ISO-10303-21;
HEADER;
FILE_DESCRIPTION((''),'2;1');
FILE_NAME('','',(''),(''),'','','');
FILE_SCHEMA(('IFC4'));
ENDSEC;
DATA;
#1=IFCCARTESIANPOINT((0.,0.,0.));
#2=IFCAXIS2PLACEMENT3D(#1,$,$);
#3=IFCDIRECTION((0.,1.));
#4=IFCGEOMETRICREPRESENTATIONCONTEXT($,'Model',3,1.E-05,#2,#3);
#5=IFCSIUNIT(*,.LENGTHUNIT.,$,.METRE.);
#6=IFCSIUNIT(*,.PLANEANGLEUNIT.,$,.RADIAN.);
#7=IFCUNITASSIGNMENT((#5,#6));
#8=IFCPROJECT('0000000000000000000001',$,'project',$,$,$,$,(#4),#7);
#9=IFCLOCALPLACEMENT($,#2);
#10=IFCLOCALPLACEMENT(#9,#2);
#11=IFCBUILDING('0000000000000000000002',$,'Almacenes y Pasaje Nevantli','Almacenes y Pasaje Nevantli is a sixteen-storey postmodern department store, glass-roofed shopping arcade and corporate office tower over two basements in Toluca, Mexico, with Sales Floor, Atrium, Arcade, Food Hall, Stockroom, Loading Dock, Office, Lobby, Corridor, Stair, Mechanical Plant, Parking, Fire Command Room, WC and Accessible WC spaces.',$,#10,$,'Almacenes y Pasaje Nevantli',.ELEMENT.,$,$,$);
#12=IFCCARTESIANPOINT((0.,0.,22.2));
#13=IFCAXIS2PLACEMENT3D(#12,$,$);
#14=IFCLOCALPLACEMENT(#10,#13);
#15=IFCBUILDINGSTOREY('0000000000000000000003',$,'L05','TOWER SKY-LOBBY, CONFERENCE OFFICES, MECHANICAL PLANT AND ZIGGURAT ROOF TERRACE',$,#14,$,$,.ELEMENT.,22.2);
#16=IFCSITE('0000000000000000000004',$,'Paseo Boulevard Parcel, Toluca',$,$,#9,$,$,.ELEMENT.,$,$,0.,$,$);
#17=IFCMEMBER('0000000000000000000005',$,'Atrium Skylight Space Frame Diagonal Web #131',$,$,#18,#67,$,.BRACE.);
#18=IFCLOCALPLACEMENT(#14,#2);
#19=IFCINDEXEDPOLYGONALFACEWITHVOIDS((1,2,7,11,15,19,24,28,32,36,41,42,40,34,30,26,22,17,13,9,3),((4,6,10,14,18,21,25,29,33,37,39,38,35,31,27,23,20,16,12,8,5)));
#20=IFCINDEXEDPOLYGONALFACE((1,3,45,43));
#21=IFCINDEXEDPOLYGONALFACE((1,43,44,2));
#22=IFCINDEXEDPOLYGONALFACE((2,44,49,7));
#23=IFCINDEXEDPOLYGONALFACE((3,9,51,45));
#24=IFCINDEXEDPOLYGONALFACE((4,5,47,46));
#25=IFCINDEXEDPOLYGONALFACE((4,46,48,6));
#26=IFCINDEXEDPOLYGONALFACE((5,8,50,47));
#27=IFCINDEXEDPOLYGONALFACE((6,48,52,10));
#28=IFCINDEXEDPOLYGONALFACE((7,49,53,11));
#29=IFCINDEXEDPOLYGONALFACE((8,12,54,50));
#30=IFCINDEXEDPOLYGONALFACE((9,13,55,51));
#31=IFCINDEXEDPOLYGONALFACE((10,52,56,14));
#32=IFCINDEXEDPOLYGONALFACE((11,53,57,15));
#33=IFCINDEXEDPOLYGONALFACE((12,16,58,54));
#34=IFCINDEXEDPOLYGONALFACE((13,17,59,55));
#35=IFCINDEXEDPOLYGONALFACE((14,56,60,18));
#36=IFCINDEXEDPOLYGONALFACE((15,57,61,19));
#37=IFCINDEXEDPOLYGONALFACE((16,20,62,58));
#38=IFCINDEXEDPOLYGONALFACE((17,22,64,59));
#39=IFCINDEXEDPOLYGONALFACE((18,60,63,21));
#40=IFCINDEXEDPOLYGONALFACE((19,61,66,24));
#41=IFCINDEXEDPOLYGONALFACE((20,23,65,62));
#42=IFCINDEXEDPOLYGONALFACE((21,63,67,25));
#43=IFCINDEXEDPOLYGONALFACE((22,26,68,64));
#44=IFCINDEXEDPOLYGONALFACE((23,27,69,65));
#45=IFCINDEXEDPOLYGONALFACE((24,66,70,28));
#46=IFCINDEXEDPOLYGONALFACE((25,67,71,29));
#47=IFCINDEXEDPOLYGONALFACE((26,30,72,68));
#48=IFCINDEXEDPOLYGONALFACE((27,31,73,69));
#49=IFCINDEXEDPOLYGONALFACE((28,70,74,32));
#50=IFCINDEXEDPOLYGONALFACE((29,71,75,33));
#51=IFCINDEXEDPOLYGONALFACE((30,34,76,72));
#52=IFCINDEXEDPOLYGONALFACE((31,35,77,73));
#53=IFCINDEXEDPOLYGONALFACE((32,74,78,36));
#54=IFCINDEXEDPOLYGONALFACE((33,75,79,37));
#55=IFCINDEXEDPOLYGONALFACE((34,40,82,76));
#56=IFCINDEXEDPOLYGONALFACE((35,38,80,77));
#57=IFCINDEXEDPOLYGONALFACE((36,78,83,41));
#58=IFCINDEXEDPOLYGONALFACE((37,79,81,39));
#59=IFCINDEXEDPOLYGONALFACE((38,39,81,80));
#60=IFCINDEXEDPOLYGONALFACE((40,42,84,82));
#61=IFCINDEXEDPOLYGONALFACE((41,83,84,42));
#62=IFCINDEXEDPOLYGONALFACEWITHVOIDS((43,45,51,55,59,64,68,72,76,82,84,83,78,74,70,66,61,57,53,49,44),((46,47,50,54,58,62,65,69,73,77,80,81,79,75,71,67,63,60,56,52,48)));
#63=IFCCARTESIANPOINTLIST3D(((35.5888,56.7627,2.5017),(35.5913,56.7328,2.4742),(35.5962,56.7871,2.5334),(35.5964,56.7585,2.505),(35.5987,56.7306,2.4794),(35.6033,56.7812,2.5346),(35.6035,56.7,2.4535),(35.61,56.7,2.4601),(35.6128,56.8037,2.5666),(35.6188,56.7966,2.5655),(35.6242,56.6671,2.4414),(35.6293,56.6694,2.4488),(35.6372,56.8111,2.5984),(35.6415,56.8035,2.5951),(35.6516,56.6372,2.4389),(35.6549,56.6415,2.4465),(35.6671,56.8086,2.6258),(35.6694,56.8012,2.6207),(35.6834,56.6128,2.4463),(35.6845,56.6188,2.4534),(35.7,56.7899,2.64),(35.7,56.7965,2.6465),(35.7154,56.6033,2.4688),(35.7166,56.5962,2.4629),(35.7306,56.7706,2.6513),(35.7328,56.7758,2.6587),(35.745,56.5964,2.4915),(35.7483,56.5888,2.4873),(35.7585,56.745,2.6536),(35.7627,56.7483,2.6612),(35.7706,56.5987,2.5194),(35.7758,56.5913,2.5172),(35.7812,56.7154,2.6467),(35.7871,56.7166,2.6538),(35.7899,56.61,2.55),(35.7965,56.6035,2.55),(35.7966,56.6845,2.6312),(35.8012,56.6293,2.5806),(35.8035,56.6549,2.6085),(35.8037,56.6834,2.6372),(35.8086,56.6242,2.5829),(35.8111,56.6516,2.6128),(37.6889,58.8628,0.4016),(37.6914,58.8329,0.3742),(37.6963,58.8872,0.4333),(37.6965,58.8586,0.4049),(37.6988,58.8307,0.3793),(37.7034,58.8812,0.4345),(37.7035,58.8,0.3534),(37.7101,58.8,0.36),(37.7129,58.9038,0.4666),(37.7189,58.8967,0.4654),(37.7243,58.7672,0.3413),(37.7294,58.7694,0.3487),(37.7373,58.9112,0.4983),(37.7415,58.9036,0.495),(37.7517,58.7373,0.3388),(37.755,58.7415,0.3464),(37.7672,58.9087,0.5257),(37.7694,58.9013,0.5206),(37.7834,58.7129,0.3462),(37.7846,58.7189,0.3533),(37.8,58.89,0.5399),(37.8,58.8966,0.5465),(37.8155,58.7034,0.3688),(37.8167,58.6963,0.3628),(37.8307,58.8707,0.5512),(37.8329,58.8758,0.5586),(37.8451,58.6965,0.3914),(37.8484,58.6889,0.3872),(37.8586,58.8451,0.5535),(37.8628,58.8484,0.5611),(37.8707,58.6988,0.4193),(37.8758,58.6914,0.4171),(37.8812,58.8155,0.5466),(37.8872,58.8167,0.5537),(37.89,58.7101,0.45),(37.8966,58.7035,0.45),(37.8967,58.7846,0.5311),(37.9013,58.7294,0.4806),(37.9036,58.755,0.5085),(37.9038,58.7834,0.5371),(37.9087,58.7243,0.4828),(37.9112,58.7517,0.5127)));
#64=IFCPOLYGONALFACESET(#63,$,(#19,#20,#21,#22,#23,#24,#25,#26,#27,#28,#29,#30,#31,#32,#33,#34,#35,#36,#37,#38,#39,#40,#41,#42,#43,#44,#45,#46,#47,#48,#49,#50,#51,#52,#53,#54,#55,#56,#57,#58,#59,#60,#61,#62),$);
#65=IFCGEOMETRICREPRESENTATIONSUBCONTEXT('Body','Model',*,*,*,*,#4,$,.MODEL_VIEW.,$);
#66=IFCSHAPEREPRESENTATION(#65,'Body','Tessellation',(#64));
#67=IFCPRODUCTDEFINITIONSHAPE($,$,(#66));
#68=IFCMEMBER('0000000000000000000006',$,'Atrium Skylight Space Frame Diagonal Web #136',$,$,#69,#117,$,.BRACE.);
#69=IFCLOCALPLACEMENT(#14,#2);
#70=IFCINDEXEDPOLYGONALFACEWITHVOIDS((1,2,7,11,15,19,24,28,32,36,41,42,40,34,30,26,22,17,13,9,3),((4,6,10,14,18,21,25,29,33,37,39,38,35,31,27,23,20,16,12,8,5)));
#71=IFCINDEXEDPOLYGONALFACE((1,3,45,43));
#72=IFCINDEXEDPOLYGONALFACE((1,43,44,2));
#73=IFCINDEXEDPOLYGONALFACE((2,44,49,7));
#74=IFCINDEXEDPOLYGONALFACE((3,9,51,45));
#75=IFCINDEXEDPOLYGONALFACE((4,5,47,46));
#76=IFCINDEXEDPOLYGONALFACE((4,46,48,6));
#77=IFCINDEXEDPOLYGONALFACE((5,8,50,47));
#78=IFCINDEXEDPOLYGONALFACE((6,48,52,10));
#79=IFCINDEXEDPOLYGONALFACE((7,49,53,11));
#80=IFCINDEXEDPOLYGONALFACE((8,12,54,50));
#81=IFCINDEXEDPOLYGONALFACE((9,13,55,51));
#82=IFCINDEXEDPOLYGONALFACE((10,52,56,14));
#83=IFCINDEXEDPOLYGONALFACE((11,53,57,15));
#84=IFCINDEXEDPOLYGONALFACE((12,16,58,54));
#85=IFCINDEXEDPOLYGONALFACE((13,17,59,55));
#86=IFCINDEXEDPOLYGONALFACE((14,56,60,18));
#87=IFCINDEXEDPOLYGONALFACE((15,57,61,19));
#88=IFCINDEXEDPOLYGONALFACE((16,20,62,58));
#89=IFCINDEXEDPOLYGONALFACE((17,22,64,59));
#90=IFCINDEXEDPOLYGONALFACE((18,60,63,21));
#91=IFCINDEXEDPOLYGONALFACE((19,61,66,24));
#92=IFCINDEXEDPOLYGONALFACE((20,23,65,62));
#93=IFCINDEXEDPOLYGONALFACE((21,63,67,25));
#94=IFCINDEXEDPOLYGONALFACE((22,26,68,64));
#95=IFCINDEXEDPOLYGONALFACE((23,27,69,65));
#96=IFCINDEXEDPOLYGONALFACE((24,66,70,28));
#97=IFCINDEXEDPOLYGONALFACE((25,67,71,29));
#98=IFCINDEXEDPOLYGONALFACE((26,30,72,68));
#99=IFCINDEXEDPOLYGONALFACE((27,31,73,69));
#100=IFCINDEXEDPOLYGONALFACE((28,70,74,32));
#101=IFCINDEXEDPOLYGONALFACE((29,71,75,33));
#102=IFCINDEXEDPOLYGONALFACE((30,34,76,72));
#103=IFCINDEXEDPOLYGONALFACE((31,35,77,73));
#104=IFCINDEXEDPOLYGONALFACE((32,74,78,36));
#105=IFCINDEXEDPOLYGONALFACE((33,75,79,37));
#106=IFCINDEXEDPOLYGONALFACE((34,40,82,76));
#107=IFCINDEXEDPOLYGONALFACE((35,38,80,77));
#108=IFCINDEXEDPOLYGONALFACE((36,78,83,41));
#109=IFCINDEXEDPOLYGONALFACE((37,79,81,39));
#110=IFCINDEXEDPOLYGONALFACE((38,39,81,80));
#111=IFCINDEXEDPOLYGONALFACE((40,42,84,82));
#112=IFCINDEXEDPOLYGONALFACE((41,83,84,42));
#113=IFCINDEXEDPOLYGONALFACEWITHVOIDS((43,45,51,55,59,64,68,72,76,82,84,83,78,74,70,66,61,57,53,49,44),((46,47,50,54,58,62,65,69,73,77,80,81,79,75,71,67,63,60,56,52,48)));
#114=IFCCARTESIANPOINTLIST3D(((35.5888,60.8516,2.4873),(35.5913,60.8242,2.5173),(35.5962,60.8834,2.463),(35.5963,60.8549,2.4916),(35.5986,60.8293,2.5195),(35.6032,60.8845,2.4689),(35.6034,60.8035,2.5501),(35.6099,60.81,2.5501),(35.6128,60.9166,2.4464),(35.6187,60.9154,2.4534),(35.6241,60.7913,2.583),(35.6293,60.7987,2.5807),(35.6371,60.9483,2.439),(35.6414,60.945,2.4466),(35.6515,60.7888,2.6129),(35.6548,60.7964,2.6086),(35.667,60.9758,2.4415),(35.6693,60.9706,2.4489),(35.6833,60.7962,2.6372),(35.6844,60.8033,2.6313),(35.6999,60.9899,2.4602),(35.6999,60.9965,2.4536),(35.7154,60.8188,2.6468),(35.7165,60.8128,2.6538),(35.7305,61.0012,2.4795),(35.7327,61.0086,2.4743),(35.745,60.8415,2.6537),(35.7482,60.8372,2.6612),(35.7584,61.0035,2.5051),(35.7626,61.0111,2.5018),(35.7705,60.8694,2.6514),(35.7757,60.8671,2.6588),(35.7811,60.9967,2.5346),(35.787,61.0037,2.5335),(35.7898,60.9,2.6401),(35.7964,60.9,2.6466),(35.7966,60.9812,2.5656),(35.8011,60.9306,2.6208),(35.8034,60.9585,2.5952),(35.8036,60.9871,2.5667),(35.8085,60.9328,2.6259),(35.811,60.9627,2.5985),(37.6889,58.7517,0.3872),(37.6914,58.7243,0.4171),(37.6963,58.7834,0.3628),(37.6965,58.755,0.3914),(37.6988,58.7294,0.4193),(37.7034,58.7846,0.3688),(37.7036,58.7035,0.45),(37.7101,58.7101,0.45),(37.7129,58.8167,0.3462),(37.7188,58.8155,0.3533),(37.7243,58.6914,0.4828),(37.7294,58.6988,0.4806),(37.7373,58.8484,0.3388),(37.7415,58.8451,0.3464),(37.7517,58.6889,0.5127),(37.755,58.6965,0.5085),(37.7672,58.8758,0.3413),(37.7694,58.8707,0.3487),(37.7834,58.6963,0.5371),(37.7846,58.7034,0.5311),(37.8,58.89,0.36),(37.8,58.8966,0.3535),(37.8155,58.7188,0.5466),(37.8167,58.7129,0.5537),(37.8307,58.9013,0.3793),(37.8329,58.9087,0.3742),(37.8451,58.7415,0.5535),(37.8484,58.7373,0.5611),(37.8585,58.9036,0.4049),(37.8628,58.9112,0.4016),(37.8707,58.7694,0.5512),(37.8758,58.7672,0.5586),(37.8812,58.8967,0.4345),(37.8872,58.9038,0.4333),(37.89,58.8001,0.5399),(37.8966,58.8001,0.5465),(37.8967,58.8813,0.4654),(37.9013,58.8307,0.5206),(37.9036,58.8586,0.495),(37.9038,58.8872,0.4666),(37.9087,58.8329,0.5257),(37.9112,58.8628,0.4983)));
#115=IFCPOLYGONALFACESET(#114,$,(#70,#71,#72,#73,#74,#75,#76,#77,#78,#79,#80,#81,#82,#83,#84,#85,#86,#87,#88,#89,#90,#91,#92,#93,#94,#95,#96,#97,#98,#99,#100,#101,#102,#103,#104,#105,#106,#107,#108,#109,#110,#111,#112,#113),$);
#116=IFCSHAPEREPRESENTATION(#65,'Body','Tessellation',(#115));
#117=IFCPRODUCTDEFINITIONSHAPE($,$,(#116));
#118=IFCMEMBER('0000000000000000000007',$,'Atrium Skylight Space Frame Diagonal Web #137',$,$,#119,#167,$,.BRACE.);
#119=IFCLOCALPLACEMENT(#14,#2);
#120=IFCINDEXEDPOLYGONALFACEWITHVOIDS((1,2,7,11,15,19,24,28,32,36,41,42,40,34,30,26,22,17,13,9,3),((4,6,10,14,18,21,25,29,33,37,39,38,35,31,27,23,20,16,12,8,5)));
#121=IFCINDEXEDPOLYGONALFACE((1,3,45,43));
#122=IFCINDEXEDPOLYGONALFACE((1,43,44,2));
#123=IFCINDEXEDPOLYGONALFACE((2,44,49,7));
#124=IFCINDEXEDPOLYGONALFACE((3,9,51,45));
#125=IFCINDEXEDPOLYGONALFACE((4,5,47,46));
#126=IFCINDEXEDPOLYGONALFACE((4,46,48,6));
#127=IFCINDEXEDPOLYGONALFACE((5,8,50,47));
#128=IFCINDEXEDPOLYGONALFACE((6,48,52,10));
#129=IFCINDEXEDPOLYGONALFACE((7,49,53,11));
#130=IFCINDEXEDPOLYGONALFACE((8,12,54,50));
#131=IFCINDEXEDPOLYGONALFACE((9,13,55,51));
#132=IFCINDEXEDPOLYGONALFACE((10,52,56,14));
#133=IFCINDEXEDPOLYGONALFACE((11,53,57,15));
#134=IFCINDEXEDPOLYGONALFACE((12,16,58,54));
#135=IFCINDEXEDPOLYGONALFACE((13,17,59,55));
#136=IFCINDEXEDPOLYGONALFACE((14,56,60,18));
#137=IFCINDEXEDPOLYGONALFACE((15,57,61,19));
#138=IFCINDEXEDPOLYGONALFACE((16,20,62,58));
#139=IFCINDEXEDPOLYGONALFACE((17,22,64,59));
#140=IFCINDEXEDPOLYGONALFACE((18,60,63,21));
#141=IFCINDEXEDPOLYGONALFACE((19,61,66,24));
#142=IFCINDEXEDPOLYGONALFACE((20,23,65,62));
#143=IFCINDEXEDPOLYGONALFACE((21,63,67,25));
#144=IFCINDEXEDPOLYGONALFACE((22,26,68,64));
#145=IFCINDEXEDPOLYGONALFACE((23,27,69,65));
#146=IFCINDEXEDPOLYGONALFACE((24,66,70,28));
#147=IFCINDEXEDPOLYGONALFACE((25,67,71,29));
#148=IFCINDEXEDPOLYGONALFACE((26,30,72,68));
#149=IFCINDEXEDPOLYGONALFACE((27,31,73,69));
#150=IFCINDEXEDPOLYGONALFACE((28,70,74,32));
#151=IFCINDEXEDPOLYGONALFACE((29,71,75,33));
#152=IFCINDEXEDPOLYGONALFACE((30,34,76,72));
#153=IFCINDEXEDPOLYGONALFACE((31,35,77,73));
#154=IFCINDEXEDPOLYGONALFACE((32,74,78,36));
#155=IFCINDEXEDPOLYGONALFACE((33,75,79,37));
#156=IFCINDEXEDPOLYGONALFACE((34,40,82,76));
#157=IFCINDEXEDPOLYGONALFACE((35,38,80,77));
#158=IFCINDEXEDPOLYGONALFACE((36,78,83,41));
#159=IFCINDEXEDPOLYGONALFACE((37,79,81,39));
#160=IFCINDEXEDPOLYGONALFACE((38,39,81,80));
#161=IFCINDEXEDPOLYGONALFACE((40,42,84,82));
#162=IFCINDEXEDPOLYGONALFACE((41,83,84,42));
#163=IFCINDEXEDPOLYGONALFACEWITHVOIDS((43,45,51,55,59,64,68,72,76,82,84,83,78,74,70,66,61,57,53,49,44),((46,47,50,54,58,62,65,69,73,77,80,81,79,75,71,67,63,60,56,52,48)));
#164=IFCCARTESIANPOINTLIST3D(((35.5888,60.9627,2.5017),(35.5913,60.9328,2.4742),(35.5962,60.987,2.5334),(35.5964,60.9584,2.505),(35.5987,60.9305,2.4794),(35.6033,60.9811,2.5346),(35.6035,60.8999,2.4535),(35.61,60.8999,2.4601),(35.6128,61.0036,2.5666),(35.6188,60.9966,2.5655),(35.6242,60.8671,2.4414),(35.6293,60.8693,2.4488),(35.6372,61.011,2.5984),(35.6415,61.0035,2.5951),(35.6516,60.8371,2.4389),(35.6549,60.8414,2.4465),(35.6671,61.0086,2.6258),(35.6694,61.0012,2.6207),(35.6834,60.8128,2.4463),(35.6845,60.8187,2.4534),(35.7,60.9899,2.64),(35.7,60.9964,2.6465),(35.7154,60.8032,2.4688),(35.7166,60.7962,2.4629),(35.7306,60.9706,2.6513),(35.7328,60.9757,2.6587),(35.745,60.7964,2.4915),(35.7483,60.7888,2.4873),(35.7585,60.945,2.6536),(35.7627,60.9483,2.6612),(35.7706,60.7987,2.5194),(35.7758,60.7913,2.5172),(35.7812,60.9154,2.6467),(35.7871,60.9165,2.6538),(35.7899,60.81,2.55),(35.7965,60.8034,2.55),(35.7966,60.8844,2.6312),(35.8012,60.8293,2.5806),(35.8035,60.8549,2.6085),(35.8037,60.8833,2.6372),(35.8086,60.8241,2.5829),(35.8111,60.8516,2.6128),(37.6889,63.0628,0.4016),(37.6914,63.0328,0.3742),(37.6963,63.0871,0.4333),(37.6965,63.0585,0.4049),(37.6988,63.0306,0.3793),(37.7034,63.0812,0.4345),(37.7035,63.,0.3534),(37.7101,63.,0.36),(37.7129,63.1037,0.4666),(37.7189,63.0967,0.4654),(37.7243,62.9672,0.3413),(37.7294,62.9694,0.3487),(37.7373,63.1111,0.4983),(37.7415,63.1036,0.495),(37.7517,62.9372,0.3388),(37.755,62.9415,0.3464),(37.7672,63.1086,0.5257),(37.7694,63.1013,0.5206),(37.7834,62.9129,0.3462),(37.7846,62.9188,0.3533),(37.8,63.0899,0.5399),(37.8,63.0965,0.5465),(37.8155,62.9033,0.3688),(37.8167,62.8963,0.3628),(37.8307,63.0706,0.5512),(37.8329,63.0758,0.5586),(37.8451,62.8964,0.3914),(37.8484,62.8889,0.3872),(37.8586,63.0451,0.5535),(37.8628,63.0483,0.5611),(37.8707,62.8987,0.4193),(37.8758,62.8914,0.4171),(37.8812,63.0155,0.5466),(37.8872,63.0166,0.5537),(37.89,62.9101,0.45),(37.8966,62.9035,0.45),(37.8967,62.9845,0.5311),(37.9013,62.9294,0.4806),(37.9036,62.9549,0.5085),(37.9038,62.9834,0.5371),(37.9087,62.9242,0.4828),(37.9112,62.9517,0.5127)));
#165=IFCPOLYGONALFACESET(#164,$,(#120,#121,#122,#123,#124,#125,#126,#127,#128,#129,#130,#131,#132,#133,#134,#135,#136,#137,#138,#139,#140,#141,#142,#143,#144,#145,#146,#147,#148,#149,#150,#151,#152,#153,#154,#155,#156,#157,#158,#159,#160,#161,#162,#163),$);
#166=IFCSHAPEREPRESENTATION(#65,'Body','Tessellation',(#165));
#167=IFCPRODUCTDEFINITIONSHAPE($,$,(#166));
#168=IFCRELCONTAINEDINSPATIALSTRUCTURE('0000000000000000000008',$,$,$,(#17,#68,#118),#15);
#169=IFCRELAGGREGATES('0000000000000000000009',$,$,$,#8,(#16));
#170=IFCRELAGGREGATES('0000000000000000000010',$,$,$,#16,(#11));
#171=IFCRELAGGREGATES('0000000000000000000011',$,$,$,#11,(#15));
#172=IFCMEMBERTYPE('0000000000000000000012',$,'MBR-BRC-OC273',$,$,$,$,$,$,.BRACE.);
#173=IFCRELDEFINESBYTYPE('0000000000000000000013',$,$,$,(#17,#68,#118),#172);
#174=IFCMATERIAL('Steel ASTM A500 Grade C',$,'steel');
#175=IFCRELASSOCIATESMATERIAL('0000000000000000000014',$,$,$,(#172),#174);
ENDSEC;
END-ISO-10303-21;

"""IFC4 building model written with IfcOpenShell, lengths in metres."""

from ifc_helpers import new_model, si_unit, direction, frame, origin, origin_2d, place, context, subcontext, project, spatial, hollow_circle, extrude, material, material_profile, profile_set, type_object, element, save


model = new_model("IFC4")

# Units and contexts
model_context = context("Model", 3, precision=1e-05, world=origin(), true_north=direction((0.0, 1.0)))
body_context = subcontext(model_context, "Body", "Model", "MODEL_VIEW")
ifc_project = project(units=[si_unit("LENGTHUNIT", "METRE"), si_unit("PLANEANGLEUNIT", "RADIAN")], contexts=[model_context])

# Site, building, storey
site_placement = place(None, origin())
site = spatial("IfcSite", under=ifc_project, at=site_placement, Name="Paseo Boulevard Parcel, Toluca", CompositionType="ELEMENT", RefElevation=0.0)
building_placement = place(site_placement, origin())
building = spatial("IfcBuilding", under=site, at=building_placement, Name="Almacenes y Pasaje Nevantli", Description="Almacenes y Pasaje Nevantli is a sixteen-storey postmodern department store, glass-roofed shopping arcade and corporate office tower over two basements in Toluca, Mexico, with Sales Floor, Atrium, Arcade, Food Hall, Stockroom, Loading Dock, Office, Lobby, Corridor, Stair, Mechanical Plant, Parking, Fire Command Room, WC and Accessible WC spaces.", LongName="Almacenes y Pasaje Nevantli", CompositionType="ELEMENT")
storey_placement = place(building_placement, frame((0.0, 0.0, 22.2)))
storey = spatial("IfcBuildingStorey", under=building, at=storey_placement, Name="L05", Description="TOWER SKY-LOBBY, CONFERENCE OFFICES, MECHANICAL PLANT AND ZIGGURAT ROOF TERRACE", CompositionType="ELEMENT", Elevation=22.2)

# Members
ifc_material_1 = material(Name="Steel ASTM A500 Grade C", Category="steel")
ifc_material_profile_1 = material_profile(ifc_material_1, hollow_circle(Radius=0.1365, WallThickness=0.0093, at=origin_2d()), Name="OC 273x9.3")
ifc_profile_set_1 = profile_set([ifc_material_profile_1], Name="Steel ASTM A500 Grade C")
member_type_1 = type_object("IfcMemberType", Name="MBR-BRC-OC273", PredefinedType="BRACE", material=ifc_profile_set_1)
for number, where, z_axis, x_axis, name in (
    (1, (37.8, 58.8, 0.45), (-0.57735, -0.57735, 0.57735), (0.707107, -0.707107, 0.0), "Atrium Skylight Space Frame Diagonal Web #131"),
    (2, (37.8, 58.8, 0.45), (-0.577373, 0.577306, 0.577373), (-0.707066, -0.707148, 0.0), "Atrium Skylight Space Frame Diagonal Web #136"),
    (3, (37.8, 63.0, 0.45), (-0.57735, -0.57735, 0.57735), (0.707107, -0.707107, 0.0), "Atrium Skylight Space Frame Diagonal Web #137"),
):
    element("IfcMember", number, at=place(storey_placement, frame(where, z_axis=z_axis, x_axis=x_axis)), inside=storey, type_object=member_type_1, Name=name, PredefinedType="BRACE", context=body_context, shape_type="SweptSolid", body=[
        extrude(hollow_circle(Radius=0.1365, WallThickness=0.0093, at=origin_2d()), origin(), (0.0, 0.0, 1.0), 3.6375),
    ])

save(model, "model.ifc")
